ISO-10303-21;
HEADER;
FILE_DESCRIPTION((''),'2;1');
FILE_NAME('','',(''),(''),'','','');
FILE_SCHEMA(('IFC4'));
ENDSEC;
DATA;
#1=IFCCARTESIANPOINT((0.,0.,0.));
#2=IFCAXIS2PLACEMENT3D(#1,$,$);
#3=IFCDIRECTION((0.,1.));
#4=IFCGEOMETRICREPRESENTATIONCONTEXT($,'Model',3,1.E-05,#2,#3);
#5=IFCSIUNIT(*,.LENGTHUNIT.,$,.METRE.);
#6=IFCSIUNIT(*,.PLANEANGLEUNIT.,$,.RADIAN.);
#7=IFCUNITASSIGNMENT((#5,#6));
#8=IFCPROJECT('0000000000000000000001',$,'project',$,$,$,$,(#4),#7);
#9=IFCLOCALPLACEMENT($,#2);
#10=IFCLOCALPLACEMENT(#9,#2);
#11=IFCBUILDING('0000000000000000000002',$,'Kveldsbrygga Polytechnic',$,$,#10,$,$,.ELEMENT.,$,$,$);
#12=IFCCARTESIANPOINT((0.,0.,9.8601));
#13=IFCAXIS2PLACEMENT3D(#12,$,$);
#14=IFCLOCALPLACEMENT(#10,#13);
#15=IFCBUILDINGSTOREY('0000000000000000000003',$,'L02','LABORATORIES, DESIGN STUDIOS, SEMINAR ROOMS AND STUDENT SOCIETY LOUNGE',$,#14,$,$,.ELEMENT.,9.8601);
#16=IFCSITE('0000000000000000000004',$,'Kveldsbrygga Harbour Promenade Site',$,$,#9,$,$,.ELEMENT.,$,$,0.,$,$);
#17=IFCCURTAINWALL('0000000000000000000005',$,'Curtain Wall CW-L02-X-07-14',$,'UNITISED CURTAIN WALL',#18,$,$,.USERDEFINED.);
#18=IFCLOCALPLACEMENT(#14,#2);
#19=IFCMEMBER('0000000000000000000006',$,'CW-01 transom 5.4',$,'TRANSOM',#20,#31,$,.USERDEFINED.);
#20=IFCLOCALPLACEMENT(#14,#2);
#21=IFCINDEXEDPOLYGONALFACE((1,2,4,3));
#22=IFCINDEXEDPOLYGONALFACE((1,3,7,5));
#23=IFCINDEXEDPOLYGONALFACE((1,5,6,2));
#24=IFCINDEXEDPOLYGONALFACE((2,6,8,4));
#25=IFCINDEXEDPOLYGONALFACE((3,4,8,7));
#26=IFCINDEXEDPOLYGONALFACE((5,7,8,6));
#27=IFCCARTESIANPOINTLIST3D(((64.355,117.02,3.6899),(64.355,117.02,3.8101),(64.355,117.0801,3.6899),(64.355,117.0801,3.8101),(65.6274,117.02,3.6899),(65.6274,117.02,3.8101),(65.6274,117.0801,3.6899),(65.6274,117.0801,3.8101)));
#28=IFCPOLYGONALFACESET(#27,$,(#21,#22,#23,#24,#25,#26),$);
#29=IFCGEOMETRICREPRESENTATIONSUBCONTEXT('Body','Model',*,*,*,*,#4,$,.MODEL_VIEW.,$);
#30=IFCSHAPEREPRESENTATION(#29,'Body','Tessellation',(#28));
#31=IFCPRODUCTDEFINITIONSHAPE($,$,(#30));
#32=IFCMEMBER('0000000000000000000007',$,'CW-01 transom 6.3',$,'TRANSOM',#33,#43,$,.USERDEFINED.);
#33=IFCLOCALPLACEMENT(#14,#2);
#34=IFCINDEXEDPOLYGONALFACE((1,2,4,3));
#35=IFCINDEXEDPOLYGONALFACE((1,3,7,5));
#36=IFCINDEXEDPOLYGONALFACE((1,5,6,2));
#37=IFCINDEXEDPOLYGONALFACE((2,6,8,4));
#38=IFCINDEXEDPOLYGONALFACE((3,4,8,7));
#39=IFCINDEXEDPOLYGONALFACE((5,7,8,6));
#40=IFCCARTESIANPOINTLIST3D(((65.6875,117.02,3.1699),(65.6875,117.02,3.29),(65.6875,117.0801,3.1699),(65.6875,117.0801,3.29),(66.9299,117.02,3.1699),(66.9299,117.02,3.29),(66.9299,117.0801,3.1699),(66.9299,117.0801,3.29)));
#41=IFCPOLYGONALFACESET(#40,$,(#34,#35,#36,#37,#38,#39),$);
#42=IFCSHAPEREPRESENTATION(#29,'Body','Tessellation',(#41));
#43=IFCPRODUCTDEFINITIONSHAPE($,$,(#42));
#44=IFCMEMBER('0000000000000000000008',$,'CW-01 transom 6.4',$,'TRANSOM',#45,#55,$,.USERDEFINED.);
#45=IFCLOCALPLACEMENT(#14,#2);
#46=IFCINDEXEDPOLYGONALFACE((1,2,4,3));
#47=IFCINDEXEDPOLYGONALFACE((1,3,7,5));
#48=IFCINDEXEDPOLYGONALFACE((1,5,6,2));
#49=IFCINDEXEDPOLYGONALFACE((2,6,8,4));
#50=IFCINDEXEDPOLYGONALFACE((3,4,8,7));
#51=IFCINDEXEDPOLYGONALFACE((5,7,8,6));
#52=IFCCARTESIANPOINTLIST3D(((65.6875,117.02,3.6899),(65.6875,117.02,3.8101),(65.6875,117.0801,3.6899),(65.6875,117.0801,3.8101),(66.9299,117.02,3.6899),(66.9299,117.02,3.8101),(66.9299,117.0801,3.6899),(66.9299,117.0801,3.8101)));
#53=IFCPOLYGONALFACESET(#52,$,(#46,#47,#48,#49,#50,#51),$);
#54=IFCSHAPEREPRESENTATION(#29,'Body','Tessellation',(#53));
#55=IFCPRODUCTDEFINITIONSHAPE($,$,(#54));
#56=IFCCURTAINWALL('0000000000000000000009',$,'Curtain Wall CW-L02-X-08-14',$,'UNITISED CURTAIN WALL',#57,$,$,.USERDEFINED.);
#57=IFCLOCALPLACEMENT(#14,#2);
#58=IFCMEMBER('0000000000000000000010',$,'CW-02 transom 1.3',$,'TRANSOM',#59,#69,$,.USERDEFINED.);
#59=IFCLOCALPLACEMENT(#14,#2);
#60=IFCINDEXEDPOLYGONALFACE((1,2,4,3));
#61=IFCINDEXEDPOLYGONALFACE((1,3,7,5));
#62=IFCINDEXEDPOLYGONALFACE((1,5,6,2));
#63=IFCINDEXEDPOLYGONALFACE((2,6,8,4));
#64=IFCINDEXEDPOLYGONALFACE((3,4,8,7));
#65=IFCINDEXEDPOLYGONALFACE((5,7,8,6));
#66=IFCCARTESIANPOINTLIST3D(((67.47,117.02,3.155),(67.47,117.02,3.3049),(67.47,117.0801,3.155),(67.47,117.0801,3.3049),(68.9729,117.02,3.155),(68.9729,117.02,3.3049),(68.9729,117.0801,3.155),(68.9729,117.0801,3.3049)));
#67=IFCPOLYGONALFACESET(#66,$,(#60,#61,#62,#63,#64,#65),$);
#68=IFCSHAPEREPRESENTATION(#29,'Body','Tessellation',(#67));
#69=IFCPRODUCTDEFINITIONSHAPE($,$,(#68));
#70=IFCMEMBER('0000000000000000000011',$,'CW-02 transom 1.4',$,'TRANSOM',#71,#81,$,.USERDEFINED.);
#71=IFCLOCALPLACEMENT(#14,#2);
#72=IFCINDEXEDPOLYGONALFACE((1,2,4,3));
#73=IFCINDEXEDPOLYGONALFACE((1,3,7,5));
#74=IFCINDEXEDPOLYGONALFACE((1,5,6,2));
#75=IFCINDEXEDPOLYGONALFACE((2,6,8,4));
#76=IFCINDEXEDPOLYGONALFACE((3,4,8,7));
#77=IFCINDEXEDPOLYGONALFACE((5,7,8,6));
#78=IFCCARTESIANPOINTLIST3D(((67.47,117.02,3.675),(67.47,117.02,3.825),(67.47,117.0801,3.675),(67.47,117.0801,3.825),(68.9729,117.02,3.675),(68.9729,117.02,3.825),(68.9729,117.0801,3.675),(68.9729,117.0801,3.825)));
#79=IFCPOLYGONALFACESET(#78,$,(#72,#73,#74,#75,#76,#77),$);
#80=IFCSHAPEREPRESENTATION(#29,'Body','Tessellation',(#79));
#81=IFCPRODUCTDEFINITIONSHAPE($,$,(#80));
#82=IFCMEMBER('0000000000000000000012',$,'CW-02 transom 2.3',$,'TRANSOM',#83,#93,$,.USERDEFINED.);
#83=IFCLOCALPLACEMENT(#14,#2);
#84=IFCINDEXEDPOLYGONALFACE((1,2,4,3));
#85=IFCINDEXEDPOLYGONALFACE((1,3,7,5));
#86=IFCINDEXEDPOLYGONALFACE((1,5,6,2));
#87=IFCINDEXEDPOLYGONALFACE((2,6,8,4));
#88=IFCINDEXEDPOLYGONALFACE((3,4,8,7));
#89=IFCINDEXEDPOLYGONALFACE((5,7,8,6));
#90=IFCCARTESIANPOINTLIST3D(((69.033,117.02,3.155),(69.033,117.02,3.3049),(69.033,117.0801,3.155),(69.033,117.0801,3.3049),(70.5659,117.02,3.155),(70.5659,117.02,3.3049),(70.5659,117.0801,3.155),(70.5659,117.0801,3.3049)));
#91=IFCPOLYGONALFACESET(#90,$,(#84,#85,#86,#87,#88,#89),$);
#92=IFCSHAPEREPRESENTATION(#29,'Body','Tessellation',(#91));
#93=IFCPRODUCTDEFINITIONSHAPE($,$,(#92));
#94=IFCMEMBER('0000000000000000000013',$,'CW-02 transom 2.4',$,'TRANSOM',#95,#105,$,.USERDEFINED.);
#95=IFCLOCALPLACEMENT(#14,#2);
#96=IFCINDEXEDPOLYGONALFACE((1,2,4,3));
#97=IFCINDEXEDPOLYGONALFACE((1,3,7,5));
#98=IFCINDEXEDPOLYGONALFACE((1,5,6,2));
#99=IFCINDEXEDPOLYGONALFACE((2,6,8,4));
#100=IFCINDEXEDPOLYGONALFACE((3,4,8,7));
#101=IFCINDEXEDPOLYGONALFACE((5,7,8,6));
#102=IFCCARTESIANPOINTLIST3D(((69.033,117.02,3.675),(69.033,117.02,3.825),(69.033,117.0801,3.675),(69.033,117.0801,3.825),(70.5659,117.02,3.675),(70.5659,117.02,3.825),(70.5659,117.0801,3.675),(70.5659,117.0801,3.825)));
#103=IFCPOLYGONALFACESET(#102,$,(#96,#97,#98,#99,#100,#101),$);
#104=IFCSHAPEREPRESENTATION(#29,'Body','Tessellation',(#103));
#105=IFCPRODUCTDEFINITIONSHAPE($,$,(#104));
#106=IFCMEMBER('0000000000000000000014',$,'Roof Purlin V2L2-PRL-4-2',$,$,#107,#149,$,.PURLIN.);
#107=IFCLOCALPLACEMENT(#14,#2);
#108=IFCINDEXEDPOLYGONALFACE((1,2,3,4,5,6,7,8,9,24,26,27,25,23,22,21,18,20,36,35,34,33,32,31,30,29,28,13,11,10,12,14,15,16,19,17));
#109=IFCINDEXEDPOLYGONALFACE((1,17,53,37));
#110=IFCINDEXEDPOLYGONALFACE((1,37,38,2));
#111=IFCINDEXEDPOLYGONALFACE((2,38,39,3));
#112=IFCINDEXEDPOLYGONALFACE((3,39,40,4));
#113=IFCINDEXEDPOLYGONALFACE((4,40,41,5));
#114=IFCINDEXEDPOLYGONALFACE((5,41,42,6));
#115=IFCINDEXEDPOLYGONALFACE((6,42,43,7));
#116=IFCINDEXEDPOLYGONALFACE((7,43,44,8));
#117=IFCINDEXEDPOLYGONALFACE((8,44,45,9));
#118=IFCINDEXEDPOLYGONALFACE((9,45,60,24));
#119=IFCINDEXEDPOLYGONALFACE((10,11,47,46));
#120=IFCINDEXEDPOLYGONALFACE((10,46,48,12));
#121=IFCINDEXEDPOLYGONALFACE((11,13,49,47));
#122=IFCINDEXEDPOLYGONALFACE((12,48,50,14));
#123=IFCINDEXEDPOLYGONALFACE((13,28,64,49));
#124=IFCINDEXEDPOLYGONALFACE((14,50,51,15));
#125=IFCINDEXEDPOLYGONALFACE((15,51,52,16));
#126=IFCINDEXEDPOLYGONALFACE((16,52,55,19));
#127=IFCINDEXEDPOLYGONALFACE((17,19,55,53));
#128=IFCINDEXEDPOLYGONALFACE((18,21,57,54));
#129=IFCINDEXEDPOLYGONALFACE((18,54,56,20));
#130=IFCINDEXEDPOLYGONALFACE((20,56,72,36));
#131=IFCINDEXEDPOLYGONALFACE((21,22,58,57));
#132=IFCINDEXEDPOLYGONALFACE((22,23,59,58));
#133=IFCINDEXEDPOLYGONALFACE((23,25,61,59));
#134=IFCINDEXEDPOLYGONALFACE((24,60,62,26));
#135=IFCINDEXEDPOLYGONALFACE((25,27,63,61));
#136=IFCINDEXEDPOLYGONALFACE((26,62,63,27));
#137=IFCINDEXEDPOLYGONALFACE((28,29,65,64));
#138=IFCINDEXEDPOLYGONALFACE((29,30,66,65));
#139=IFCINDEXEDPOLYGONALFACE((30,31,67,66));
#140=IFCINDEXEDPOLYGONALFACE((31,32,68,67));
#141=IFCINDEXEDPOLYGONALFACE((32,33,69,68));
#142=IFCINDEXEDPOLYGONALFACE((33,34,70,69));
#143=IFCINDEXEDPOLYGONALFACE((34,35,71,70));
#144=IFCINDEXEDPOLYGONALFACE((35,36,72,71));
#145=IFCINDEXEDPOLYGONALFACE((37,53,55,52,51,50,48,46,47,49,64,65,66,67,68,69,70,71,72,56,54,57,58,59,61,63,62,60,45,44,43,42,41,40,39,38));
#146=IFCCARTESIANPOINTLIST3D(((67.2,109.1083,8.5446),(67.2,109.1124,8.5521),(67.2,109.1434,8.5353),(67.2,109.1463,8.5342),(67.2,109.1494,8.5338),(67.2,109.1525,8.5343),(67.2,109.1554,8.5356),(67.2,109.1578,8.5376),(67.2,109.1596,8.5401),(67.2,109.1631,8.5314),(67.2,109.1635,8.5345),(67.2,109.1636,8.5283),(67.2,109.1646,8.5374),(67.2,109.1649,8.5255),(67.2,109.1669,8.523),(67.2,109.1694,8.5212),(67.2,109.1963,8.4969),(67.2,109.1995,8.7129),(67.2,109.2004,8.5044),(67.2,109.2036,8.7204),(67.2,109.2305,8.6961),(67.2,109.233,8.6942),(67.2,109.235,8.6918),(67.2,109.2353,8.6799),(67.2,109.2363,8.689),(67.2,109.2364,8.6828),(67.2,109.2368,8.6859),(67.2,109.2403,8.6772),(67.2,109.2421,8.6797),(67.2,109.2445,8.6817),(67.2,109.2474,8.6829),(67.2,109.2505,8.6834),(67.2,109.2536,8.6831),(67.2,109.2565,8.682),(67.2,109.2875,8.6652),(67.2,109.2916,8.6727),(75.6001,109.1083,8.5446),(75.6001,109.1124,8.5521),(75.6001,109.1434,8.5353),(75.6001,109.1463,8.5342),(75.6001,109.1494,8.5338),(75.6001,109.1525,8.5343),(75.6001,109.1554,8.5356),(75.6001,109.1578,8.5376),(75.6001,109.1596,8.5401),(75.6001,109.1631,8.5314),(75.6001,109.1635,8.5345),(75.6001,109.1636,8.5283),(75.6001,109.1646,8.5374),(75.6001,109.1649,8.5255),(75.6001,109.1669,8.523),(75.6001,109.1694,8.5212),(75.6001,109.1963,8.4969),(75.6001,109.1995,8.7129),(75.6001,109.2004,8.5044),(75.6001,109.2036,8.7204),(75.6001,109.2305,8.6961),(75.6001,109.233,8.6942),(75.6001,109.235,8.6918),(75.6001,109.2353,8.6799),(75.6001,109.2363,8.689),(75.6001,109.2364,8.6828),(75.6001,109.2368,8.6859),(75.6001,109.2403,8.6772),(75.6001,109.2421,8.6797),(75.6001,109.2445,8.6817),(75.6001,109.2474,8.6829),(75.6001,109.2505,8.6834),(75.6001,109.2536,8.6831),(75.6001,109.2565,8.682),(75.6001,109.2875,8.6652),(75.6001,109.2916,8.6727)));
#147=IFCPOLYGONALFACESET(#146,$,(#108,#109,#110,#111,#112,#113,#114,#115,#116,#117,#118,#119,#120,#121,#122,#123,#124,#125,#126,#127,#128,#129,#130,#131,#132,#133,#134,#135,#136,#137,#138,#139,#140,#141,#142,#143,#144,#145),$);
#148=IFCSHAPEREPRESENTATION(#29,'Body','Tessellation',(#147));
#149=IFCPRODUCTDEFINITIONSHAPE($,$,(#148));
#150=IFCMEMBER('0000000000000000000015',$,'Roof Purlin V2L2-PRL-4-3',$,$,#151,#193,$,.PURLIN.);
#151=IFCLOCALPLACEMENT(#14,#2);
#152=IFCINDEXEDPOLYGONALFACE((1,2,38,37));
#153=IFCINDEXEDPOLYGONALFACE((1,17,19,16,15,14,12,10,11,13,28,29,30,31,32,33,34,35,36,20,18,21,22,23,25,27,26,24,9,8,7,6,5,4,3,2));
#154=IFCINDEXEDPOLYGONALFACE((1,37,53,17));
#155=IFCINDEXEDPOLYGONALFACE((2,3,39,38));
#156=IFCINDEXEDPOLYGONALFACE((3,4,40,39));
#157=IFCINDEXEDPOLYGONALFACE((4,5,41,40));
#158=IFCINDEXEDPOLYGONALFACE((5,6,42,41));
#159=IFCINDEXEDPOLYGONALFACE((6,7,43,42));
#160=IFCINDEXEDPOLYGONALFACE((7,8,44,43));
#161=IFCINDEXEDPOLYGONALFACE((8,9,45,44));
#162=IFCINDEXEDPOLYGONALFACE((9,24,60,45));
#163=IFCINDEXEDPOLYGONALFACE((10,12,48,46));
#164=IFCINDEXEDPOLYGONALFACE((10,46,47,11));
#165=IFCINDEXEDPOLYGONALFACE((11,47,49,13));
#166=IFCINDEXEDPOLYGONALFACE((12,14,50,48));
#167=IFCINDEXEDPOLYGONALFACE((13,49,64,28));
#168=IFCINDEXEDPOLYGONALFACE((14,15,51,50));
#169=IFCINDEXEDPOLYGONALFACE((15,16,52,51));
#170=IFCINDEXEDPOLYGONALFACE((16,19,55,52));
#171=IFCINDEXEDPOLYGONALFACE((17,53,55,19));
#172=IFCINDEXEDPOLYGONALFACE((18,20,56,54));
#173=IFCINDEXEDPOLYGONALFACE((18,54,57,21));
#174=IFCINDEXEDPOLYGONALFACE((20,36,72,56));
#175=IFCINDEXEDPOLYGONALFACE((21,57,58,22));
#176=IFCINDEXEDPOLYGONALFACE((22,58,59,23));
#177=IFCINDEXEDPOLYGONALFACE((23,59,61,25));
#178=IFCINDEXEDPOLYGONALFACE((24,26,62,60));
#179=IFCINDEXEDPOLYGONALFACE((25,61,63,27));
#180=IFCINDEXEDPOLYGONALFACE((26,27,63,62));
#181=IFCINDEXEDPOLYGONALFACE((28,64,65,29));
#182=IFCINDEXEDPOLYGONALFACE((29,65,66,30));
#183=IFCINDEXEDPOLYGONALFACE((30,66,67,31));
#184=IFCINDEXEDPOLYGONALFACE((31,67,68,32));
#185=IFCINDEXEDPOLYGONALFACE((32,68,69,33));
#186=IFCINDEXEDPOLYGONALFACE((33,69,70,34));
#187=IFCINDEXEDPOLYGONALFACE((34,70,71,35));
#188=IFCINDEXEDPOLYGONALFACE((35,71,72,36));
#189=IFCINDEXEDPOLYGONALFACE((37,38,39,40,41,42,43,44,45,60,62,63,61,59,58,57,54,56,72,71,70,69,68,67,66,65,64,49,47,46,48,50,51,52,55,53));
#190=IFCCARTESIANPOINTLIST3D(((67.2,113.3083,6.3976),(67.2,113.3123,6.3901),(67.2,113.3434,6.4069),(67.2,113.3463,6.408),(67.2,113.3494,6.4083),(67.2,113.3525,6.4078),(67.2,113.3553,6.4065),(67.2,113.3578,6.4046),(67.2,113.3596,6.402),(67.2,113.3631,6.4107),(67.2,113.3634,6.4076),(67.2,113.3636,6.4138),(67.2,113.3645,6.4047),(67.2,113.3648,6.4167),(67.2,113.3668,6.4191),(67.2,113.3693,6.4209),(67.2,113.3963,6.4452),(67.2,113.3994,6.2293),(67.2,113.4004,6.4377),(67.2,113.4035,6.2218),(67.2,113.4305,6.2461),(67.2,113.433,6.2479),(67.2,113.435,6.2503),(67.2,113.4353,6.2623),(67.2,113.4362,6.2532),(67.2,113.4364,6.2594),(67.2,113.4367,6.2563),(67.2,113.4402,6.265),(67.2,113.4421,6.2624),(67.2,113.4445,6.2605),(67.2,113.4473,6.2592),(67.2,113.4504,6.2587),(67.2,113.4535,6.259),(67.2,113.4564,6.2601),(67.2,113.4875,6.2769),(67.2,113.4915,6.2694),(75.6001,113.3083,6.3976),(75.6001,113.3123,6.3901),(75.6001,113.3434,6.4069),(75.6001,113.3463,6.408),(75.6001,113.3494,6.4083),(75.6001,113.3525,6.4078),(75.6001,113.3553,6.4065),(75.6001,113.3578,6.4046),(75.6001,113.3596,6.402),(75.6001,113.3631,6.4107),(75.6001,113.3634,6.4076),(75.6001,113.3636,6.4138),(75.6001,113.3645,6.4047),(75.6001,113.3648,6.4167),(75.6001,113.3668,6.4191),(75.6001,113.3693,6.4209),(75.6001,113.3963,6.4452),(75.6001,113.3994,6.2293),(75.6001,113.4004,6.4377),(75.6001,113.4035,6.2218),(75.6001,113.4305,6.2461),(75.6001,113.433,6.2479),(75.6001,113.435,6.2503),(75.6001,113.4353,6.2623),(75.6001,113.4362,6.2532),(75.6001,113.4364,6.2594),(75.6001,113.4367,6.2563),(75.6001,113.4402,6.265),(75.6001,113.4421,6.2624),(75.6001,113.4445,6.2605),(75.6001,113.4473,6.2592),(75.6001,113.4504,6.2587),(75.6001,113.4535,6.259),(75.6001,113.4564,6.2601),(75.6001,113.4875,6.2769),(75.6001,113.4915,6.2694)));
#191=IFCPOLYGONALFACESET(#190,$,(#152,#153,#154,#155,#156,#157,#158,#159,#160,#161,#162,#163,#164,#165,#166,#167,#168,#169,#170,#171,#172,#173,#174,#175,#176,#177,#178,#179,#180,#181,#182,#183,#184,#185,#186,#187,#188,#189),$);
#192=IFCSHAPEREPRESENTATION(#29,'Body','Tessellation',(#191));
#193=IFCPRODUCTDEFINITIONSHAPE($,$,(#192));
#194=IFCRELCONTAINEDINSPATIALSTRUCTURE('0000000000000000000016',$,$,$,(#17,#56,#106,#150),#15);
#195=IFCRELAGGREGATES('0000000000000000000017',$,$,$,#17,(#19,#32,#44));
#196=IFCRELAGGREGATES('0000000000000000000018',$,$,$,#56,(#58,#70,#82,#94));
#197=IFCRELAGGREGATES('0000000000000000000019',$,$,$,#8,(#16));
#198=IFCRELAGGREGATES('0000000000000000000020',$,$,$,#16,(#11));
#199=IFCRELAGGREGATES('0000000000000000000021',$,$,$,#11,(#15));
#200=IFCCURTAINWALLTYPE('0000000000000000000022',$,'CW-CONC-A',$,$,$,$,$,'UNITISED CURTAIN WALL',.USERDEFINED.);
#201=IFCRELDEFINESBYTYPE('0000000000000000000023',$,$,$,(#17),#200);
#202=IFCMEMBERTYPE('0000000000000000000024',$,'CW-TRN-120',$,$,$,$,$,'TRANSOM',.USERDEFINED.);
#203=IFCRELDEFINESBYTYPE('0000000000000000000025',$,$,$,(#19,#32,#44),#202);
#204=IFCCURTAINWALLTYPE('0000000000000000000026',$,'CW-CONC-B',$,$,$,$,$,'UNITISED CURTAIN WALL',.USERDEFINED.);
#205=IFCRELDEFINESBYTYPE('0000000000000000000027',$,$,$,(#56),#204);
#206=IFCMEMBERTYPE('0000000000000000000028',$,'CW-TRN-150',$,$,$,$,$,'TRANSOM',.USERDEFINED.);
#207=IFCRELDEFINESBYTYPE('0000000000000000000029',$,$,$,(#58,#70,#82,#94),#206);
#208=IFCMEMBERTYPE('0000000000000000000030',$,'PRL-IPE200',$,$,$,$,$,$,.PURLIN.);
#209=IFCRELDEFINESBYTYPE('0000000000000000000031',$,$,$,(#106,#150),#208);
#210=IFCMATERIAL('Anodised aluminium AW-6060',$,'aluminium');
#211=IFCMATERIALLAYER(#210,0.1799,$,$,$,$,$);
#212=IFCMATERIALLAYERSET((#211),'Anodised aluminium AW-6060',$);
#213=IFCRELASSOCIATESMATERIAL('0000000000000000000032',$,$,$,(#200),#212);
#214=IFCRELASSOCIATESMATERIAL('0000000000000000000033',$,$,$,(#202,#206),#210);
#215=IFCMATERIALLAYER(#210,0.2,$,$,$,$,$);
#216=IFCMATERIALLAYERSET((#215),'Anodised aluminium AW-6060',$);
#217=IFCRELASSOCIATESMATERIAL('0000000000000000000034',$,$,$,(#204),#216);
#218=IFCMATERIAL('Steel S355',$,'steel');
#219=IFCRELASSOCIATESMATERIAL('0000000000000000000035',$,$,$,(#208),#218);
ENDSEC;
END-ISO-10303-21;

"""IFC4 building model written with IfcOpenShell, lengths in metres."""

from ifc_helpers import new_model, si_unit, direction, frame, origin, origin_2d, place, context, subcontext, project, spatial, rectangle, i_section, extrude, material, layer, layer_set, material_profile, profile_set, type_object, element, aggregate, save


model = new_model("IFC4")

# Units and contexts
model_context = context("Model", 3, precision=1e-05, world=origin(), true_north=direction((0.0, 1.0)))
body_context = subcontext(model_context, "Body", "Model", "MODEL_VIEW")
ifc_project = project(units=[si_unit("LENGTHUNIT", "METRE"), si_unit("PLANEANGLEUNIT", "RADIAN")], contexts=[model_context])

# Site, building, storey
site_placement = place(None, origin())
site = spatial("IfcSite", under=ifc_project, at=site_placement, Name="Kveldsbrygga Harbour Promenade Site", CompositionType="ELEMENT", RefElevation=0.0)
building_placement = place(site_placement, origin())
building = spatial("IfcBuilding", under=site, at=building_placement, Name="Kveldsbrygga Polytechnic", CompositionType="ELEMENT")
storey_placement = place(building_placement, frame((0.0, 0.0, 9.8601)))
storey = spatial("IfcBuildingStorey", under=building, at=storey_placement, Name="L02", Description="LABORATORIES, DESIGN STUDIOS, SEMINAR ROOMS AND STUDENT SOCIETY LOUNGE", CompositionType="ELEMENT", Elevation=9.8601)

# Curtain walls, members
ifc_material_1 = material(Name="Anodised aluminium AW-6060", Category="aluminium")
ifc_layer_1 = layer(ifc_material_1, 0.1799)
ifc_layer_set_1 = layer_set([ifc_layer_1], Name="Anodised aluminium AW-6060")
curtain_wall_type_1 = type_object("IfcCurtainWallType", Name="CW-CONC-A", ElementType="UNITISED CURTAIN WALL", PredefinedType="USERDEFINED", material=ifc_layer_set_1)
curtain_wall_1_placement = place(storey_placement, origin())
curtain_wall_1 = element("IfcCurtainWall", 1, at=curtain_wall_1_placement, inside=storey, type_object=curtain_wall_type_1, Name="Curtain Wall CW-L02-X-07-14", ObjectType="UNITISED CURTAIN WALL", PredefinedType="USERDEFINED")
ifc_material_profile_1 = material_profile(ifc_material_1, rectangle(XDim=0.0601, YDim=0.1201, at=origin_2d()), Name="ALU 60x120")
ifc_profile_set_1 = profile_set([ifc_material_profile_1], Name="Anodised aluminium AW-6060")
member_type_1 = type_object("IfcMemberType", Name="CW-TRN-120", ElementType="TRANSOM", PredefinedType="USERDEFINED", material=ifc_profile_set_1)
member_1_placement = place(storey_placement, frame((64.355, 117.05, 3.75), z_axis=(1.0, 0.0, 0.0), x_axis=(0.0, 1.0, 0.0)))
member_1 = element("IfcMember", 2, at=member_1_placement, type_object=member_type_1, Name="CW-01 transom 5.4", ObjectType="TRANSOM", PredefinedType="USERDEFINED", context=body_context, shape_type="SweptSolid", body=[
    extrude(rectangle(XDim=0.0601, YDim=0.1201, at=origin_2d()), origin(), (0.0, 0.0, 1.0), 1.2725),
])
member_2_placement = place(storey_placement, frame((65.6875, 117.05, 3.23), z_axis=(1.0, 0.0, 0.0), x_axis=(0.0, 1.0, 0.0)))
member_2 = element("IfcMember", 3, at=member_2_placement, type_object=member_type_1, Name="CW-01 transom 6.3", ObjectType="TRANSOM", PredefinedType="USERDEFINED", context=body_context, shape_type="SweptSolid", body=[
    extrude(rectangle(XDim=0.0601, YDim=0.1201, at=origin_2d()), origin(), (0.0, 0.0, 1.0), 1.2424),
])
member_3_placement = place(storey_placement, frame((65.6875, 117.05, 3.75), z_axis=(1.0, 0.0, 0.0), x_axis=(0.0, 1.0, 0.0)))
member_3 = element("IfcMember", 4, at=member_3_placement, type_object=member_type_1, Name="CW-01 transom 6.4", ObjectType="TRANSOM", PredefinedType="USERDEFINED", context=body_context, shape_type="SweptSolid", body=[
    extrude(rectangle(XDim=0.0601, YDim=0.1201, at=origin_2d()), origin(), (0.0, 0.0, 1.0), 1.2424),
])
ifc_layer_2 = layer(ifc_material_1, 0.2)
ifc_layer_set_2 = layer_set([ifc_layer_2], Name="Anodised aluminium AW-6060")
curtain_wall_type_2 = type_object("IfcCurtainWallType", Name="CW-CONC-B", ElementType="UNITISED CURTAIN WALL", PredefinedType="USERDEFINED", material=ifc_layer_set_2)
curtain_wall_2_placement = place(storey_placement, origin())
curtain_wall_2 = element("IfcCurtainWall", 5, at=curtain_wall_2_placement, inside=storey, type_object=curtain_wall_type_2, Name="Curtain Wall CW-L02-X-08-14", ObjectType="UNITISED CURTAIN WALL", PredefinedType="USERDEFINED")
ifc_material_profile_2 = material_profile(ifc_material_1, rectangle(XDim=0.0601, YDim=0.1499, at=origin_2d()), Name="ALU 60x150")
ifc_profile_set_2 = profile_set([ifc_material_profile_2], Name="Anodised aluminium AW-6060")
member_type_2 = type_object("IfcMemberType", Name="CW-TRN-150", ElementType="TRANSOM", PredefinedType="USERDEFINED", material=ifc_profile_set_2)
member_4_placement = place(storey_placement, frame((67.47, 117.05, 3.23), z_axis=(1.0, 0.0, 0.0), x_axis=(0.0, 1.0, 0.0)))
member_4 = element("IfcMember", 6, at=member_4_placement, type_object=member_type_2, Name="CW-02 transom 1.3", ObjectType="TRANSOM", PredefinedType="USERDEFINED", context=body_context, shape_type="SweptSolid", body=[
    extrude(rectangle(XDim=0.0601, YDim=0.1499, at=origin_2d()), origin(), (0.0, 0.0, 1.0), 1.5029),
])
member_5_placement = place(storey_placement, frame((67.47, 117.05, 3.75), z_axis=(1.0, 0.0, 0.0), x_axis=(0.0, 1.0, 0.0)))
member_5 = element("IfcMember", 7, at=member_5_placement, type_object=member_type_2, Name="CW-02 transom 1.4", ObjectType="TRANSOM", PredefinedType="USERDEFINED", context=body_context, shape_type="SweptSolid", body=[
    extrude(rectangle(XDim=0.0601, YDim=0.1499, at=origin_2d()), origin(), (0.0, 0.0, 1.0), 1.5029),
])
member_6_placement = place(storey_placement, frame((69.033, 117.05, 3.23), z_axis=(1.0, 0.0, 0.0), x_axis=(0.0, 1.0, 0.0)))
member_6 = element("IfcMember", 8, at=member_6_placement, type_object=member_type_2, Name="CW-02 transom 2.3", ObjectType="TRANSOM", PredefinedType="USERDEFINED", context=body_context, shape_type="SweptSolid", body=[
    extrude(rectangle(XDim=0.0601, YDim=0.1499, at=origin_2d()), origin(), (0.0, 0.0, 1.0), 1.533),
])
member_7_placement = place(storey_placement, frame((69.033, 117.05, 3.75), z_axis=(1.0, 0.0, 0.0), x_axis=(0.0, 1.0, 0.0)))
member_7 = element("IfcMember", 9, at=member_7_placement, type_object=member_type_2, Name="CW-02 transom 2.4", ObjectType="TRANSOM", PredefinedType="USERDEFINED", context=body_context, shape_type="SweptSolid", body=[
    extrude(rectangle(XDim=0.0601, YDim=0.1499, at=origin_2d()), origin(), (0.0, 0.0, 1.0), 1.533),
])

# Members
ifc_material_2 = material(Name="Steel S355", Category="steel")
ifc_material_profile_3 = material_profile(ifc_material_2, i_section(OverallWidth=0.1001, OverallDepth=0.2, WebThickness=0.0056, FlangeThickness=0.0085, FilletRadius=0.012, at=origin_2d()), Name="IPE 200")
ifc_profile_set_3 = profile_set([ifc_material_profile_3], Name="Steel S355")
member_type_3 = type_object("IfcMemberType", Name="PRL-IPE200", PredefinedType="PURLIN", material=ifc_profile_set_3)
for number, where, z_axis, x_axis, name in (
    (10, (67.2, 109.2, 8.6086), (1.0, 0.0, 0.0), (0.0, 0.879292, -0.476283), "Roof Purlin V2L2-PRL-4-2"),
    (11, (67.2, 113.3999, 6.3335), (1.0, 0.0, 0.0), (0.0, 0.879292, 0.476283), "Roof Purlin V2L2-PRL-4-3"),
):
    element("IfcMember", number, at=place(storey_placement, frame(where, z_axis=z_axis, x_axis=x_axis)), inside=storey, type_object=member_type_3, Name=name, PredefinedType="PURLIN", context=body_context, shape_type="SweptSolid", body=[
        extrude(i_section(OverallWidth=0.1001, OverallDepth=0.2, WebThickness=0.0056, FlangeThickness=0.0085, FilletRadius=0.012, at=origin_2d()), origin(), (0.0, 0.0, 1.0), 8.4001),
    ])

aggregate(curtain_wall_1, [member_1, member_2, member_3])
aggregate(curtain_wall_2, [member_4, member_5, member_6, member_7])

save(model, "model.ifc")
